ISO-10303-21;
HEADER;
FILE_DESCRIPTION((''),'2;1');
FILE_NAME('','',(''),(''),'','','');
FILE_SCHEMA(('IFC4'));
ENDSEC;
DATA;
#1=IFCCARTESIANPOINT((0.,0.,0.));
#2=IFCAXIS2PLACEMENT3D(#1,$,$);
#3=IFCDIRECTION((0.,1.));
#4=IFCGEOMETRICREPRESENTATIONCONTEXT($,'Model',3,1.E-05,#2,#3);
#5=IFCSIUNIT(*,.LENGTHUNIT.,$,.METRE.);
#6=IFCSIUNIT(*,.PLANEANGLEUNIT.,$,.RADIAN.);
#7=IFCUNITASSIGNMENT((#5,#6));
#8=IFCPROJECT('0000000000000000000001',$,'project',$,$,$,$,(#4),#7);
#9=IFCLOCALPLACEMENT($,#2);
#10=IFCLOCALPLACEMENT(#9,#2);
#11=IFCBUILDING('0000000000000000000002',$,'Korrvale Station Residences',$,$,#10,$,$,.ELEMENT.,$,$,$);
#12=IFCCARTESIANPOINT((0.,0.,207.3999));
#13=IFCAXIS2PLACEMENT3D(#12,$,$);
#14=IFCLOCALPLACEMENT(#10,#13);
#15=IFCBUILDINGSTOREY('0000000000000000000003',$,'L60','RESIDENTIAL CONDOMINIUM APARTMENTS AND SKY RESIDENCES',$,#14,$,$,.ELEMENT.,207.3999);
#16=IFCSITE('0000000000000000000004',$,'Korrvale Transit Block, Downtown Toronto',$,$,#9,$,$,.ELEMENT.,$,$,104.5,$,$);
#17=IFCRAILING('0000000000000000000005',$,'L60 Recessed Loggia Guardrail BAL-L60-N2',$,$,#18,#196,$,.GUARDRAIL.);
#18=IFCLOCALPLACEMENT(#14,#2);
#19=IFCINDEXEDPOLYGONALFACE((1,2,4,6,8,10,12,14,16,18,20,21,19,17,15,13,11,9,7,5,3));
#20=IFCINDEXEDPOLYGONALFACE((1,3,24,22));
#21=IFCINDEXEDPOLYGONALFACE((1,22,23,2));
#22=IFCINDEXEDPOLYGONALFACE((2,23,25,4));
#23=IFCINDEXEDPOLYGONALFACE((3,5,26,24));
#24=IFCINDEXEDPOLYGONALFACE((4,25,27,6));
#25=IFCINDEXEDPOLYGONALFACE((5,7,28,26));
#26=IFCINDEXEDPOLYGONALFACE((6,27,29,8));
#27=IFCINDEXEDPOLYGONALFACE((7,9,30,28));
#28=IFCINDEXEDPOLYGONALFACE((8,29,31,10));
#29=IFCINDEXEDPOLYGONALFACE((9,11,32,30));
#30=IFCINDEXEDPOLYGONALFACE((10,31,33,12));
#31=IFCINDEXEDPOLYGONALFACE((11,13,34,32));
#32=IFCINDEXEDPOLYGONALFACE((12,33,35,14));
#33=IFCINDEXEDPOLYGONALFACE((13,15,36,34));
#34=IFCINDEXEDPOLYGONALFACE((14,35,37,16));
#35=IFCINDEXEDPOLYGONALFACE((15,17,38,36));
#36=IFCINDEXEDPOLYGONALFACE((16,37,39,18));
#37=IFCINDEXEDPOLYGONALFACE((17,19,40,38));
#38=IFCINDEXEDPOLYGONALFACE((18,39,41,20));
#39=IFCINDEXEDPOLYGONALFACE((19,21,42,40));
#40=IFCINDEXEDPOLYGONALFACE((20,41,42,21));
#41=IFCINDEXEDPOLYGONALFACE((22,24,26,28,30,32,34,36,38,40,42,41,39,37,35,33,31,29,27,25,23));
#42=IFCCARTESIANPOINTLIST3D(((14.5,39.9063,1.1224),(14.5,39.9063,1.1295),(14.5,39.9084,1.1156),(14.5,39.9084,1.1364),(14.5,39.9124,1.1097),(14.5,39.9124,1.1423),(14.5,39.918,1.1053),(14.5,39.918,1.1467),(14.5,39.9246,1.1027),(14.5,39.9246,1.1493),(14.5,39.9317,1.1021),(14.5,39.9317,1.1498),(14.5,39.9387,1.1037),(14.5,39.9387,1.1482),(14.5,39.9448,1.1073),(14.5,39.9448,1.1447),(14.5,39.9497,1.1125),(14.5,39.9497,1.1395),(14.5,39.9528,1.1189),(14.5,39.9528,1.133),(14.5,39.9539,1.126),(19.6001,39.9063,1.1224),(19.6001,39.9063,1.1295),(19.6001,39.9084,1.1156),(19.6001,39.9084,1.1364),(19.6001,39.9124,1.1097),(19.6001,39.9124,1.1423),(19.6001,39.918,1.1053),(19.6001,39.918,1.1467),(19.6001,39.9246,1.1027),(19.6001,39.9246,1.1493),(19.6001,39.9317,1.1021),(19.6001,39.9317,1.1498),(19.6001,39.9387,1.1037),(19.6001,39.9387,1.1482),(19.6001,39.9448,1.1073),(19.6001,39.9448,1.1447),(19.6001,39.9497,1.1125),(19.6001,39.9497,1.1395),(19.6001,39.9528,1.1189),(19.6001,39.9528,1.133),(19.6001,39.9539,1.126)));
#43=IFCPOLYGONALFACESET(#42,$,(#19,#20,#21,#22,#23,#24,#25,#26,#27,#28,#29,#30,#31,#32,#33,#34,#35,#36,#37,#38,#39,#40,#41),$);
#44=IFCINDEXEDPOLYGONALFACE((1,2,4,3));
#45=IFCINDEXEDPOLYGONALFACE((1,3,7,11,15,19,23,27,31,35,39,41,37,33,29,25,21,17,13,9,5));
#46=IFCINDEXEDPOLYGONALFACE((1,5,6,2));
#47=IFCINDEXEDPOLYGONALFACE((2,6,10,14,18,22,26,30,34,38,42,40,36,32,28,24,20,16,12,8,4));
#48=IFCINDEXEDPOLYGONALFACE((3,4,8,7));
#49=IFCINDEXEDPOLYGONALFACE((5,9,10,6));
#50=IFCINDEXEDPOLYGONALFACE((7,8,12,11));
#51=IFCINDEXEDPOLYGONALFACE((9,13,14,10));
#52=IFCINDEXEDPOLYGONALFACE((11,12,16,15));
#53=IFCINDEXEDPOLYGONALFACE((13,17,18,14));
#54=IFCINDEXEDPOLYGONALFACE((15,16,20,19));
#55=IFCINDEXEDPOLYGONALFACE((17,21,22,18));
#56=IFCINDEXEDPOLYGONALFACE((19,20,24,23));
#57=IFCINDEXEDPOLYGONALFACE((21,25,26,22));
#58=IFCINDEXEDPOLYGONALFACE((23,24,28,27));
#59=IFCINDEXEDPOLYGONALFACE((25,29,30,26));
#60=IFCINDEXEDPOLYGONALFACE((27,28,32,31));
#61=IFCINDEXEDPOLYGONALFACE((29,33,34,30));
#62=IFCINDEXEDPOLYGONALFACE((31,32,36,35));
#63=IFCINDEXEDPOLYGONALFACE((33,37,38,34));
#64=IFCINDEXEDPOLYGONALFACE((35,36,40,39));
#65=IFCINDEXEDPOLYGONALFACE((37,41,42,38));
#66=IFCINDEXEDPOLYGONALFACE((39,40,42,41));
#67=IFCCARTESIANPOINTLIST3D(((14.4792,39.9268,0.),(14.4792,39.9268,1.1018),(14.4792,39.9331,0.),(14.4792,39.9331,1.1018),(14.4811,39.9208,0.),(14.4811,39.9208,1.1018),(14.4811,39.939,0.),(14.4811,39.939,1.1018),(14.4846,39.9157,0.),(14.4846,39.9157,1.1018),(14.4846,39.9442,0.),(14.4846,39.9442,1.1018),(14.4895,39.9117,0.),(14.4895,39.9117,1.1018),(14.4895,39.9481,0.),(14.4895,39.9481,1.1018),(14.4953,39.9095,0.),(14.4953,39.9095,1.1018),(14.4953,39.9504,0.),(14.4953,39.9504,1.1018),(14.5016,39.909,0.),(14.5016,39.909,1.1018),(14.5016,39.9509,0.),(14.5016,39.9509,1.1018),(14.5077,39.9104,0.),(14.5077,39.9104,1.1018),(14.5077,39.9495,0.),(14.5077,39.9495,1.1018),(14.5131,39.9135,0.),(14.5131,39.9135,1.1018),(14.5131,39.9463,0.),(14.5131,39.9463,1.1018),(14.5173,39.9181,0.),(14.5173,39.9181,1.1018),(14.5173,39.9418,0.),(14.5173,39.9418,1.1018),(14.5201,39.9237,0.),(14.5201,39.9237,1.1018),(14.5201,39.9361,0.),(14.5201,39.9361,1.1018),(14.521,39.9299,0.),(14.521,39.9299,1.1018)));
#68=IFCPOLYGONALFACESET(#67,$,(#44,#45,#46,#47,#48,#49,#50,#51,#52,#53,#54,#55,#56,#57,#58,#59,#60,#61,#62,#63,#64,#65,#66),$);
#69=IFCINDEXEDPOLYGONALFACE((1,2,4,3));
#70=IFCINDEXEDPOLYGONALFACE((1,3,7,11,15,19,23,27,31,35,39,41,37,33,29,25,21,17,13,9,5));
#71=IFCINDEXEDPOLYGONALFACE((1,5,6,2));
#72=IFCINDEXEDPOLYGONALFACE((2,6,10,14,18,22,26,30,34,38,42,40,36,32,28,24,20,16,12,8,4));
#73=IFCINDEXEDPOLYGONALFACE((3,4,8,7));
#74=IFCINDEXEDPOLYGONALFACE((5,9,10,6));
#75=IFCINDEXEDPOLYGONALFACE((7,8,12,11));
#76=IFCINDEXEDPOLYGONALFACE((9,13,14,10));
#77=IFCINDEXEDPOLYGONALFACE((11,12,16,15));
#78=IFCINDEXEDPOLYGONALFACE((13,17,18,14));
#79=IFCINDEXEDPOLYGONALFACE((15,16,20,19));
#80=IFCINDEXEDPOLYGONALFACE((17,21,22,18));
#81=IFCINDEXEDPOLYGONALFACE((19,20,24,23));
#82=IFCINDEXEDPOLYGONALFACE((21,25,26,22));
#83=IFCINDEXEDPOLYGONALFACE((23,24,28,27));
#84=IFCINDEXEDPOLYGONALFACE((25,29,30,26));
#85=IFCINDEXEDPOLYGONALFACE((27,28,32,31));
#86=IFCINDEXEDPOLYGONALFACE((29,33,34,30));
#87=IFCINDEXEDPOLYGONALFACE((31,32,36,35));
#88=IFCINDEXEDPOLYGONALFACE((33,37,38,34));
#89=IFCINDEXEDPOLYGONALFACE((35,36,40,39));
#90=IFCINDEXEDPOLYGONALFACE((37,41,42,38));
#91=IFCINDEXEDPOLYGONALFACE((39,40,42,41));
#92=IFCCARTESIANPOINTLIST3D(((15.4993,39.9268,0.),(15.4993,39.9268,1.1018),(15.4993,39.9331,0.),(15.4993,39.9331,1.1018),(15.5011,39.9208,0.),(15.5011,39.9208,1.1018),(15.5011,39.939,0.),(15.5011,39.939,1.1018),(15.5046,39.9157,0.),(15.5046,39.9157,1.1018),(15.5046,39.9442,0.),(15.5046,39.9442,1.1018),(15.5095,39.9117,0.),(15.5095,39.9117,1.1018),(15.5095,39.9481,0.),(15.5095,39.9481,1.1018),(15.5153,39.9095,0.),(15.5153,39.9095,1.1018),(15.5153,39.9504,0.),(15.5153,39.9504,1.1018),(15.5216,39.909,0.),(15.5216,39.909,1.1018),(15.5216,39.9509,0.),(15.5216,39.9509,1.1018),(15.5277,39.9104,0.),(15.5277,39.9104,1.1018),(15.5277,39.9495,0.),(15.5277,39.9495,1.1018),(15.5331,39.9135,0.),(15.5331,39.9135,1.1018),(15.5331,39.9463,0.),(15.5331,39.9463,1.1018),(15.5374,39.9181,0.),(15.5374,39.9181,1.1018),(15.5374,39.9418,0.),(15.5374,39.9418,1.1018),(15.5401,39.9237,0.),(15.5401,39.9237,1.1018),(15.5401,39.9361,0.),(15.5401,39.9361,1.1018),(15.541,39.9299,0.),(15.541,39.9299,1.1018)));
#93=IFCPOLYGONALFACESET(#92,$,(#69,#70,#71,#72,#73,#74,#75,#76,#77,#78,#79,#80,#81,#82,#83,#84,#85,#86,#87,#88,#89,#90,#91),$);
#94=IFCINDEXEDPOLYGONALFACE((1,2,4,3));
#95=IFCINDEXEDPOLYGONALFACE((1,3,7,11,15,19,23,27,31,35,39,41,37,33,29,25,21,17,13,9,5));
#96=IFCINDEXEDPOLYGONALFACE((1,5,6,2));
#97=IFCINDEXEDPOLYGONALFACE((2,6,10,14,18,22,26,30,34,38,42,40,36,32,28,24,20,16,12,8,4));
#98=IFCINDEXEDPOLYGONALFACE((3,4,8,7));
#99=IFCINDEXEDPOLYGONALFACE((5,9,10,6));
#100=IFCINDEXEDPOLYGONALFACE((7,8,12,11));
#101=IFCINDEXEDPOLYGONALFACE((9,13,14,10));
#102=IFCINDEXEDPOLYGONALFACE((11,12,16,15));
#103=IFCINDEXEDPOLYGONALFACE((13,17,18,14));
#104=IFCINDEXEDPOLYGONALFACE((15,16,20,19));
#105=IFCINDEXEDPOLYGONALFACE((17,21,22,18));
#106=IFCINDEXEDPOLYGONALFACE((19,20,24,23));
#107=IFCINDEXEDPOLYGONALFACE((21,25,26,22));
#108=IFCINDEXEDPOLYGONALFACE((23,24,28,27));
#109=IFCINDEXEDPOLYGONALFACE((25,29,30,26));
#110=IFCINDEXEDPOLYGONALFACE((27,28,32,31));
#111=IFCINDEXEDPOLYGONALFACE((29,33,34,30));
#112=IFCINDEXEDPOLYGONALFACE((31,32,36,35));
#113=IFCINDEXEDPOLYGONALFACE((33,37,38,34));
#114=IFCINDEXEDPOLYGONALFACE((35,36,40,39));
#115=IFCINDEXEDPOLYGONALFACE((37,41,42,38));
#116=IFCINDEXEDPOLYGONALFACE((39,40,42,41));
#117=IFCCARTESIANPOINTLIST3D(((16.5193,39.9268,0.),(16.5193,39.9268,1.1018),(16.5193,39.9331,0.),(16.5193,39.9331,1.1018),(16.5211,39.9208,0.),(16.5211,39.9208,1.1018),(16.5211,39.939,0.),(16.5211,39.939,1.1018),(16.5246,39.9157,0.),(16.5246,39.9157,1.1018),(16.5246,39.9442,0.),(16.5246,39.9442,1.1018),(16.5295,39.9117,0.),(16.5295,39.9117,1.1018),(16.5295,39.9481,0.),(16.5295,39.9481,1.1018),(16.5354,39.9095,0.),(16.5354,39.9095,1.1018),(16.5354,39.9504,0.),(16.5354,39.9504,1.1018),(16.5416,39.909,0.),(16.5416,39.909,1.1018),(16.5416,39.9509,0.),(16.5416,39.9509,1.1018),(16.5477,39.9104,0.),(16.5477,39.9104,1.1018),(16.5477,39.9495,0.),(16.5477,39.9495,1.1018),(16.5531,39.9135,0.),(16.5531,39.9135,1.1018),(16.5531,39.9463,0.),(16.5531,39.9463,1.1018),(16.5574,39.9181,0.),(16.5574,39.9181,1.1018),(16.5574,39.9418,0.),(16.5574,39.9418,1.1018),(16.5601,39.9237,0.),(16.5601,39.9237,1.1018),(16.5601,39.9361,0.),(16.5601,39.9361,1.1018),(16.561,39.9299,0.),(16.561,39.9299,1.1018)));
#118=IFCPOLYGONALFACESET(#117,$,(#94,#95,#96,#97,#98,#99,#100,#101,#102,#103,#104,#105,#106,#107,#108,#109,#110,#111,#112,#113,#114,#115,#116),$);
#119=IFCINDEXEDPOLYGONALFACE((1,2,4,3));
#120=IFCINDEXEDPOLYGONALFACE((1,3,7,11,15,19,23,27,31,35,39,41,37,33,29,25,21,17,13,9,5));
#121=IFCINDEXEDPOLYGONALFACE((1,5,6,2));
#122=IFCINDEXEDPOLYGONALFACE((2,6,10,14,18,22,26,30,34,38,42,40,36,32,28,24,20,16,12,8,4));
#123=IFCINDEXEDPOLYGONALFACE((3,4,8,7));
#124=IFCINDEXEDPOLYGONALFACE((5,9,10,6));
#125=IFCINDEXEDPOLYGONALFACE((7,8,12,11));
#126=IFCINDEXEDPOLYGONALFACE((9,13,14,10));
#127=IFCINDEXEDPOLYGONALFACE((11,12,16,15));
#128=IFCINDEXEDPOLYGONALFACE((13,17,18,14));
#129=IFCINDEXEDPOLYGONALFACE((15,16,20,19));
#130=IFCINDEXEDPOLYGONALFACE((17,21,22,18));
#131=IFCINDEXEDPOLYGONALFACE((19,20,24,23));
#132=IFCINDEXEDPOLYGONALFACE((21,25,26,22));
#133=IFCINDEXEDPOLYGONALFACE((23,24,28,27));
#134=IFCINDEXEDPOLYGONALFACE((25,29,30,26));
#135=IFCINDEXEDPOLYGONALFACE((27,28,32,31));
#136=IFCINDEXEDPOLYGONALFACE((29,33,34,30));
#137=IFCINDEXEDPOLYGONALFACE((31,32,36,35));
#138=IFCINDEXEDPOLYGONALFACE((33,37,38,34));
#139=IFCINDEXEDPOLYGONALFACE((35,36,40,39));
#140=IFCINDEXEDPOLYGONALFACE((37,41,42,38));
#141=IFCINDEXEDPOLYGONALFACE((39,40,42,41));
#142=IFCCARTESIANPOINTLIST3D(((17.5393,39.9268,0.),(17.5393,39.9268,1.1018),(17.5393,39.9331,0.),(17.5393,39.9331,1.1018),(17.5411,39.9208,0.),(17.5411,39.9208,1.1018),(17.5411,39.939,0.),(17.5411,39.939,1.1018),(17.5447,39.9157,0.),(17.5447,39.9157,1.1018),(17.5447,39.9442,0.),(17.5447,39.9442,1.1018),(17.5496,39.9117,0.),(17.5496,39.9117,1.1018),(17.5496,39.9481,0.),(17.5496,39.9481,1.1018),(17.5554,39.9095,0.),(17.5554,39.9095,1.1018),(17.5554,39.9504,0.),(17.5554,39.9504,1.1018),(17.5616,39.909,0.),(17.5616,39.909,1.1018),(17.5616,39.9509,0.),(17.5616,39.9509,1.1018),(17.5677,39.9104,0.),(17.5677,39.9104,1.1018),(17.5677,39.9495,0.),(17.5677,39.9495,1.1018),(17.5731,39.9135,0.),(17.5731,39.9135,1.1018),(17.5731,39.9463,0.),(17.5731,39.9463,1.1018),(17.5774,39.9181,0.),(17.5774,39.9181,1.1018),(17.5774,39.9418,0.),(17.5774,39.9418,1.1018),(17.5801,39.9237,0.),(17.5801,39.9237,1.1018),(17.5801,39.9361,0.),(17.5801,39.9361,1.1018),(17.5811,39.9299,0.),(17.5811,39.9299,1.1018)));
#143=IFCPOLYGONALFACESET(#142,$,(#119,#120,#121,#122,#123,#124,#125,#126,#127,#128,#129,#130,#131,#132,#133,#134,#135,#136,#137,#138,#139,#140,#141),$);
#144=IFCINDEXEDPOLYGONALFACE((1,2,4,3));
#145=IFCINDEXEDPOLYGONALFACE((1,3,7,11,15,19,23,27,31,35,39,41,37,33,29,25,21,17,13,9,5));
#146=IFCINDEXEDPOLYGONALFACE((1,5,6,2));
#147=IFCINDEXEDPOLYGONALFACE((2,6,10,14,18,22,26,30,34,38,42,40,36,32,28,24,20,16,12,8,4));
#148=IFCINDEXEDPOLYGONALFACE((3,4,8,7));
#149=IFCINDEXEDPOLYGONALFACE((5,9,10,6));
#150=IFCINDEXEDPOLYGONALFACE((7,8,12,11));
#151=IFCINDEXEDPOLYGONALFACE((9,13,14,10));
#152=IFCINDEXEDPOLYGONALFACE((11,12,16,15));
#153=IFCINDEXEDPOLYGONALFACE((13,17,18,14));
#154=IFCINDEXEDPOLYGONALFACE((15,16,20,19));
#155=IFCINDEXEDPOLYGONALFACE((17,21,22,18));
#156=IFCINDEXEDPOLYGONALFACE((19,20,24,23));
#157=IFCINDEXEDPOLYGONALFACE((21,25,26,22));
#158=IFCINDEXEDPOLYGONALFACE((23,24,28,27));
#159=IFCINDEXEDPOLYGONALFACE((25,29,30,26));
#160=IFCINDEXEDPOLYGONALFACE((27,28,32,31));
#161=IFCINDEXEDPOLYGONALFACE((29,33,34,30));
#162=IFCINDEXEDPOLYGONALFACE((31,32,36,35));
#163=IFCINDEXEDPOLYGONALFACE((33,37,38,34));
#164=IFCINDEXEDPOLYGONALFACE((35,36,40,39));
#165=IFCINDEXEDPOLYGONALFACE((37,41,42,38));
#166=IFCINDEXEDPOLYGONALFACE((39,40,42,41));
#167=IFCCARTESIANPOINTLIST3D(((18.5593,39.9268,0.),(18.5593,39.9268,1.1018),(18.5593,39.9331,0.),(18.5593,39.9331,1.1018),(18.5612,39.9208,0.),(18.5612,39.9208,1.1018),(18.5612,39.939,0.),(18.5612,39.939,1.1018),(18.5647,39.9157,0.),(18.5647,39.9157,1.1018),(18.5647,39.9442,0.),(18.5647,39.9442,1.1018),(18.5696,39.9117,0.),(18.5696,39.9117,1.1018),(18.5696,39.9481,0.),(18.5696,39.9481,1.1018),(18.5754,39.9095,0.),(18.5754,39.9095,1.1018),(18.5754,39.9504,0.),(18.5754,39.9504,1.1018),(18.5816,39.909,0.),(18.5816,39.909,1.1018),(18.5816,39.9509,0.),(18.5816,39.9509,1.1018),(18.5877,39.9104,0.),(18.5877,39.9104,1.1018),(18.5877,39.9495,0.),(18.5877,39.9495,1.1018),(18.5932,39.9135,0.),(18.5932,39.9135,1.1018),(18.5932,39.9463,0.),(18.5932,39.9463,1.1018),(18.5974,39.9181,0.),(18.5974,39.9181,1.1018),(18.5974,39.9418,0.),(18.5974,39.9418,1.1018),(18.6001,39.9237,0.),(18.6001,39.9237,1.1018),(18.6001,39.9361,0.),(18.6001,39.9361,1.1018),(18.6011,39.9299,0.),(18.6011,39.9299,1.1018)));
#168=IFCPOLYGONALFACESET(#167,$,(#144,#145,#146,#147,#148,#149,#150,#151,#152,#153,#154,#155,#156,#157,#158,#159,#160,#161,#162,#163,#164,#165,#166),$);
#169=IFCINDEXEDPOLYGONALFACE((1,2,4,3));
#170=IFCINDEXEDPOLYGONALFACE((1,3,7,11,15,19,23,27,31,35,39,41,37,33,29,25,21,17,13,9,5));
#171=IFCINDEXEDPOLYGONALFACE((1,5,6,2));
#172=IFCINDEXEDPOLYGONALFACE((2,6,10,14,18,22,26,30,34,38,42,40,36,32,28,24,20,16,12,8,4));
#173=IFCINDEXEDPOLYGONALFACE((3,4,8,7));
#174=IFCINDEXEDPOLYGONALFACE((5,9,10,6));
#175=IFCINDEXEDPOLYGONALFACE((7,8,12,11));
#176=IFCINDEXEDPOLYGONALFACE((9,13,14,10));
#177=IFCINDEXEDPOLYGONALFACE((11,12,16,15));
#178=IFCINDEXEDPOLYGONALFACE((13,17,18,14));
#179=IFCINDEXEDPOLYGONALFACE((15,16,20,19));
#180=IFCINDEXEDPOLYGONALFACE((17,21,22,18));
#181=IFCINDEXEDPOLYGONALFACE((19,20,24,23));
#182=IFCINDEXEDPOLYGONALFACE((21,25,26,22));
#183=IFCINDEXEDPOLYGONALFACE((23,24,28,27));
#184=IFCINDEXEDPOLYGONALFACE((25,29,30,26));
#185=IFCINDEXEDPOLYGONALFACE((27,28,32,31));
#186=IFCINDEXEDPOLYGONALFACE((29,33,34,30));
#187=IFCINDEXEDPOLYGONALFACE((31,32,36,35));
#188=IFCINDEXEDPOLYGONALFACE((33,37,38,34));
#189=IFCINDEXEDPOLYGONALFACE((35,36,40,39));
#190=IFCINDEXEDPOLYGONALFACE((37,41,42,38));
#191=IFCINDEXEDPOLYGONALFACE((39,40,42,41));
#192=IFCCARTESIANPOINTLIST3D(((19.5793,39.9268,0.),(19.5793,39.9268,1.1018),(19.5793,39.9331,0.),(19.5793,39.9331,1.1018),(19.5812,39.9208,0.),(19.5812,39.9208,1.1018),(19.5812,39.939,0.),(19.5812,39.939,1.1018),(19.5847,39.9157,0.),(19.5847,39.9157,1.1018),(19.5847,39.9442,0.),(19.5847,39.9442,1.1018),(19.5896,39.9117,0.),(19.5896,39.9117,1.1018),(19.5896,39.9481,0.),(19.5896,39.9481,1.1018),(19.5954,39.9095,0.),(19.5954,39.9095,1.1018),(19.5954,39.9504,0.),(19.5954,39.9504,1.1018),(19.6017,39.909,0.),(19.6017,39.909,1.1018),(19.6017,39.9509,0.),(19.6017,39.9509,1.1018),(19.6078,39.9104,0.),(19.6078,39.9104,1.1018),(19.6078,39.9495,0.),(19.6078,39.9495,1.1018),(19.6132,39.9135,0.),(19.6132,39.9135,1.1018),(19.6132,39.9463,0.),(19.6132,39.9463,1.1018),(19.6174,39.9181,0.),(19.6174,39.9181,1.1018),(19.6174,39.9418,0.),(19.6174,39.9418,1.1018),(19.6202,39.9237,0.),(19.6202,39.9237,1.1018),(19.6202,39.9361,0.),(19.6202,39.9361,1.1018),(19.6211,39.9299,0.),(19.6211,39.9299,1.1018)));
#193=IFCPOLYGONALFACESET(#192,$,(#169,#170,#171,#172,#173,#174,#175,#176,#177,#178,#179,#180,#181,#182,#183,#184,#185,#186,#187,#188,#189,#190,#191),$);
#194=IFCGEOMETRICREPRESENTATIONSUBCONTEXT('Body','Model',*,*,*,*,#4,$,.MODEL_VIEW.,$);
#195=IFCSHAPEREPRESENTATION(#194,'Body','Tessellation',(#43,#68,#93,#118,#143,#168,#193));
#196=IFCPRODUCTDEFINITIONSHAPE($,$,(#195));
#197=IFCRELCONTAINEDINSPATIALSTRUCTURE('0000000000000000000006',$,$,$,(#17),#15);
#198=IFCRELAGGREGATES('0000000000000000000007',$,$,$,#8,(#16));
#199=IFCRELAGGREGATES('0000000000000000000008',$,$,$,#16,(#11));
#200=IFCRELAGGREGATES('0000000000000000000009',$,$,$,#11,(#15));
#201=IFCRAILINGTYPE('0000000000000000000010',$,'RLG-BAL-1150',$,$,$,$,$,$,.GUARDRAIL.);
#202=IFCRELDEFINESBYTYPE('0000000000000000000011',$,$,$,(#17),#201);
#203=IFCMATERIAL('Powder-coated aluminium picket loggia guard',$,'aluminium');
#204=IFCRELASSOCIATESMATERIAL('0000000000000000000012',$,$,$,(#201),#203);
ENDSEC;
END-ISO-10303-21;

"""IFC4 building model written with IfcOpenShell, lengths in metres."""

from ifc_helpers import new_model, si_unit, direction, frame, origin, origin_2d, place, context, subcontext, project, spatial, circle, extrude, material, type_object, element, save


model = new_model("IFC4")

# Units and contexts
model_context = context("Model", 3, precision=1e-05, world=origin(), true_north=direction((0.0, 1.0)))
body_context = subcontext(model_context, "Body", "Model", "MODEL_VIEW")
ifc_project = project(units=[si_unit("LENGTHUNIT", "METRE"), si_unit("PLANEANGLEUNIT", "RADIAN")], contexts=[model_context])

# Site, building, storey
site_placement = place(None, origin())
site = spatial("IfcSite", under=ifc_project, at=site_placement, Name="Korrvale Transit Block, Downtown Toronto", CompositionType="ELEMENT", RefElevation=104.5)
building_placement = place(site_placement, origin())
building = spatial("IfcBuilding", under=site, at=building_placement, Name="Korrvale Station Residences", CompositionType="ELEMENT")
storey_placement = place(building_placement, frame((0.0, 0.0, 207.3999)))
storey = spatial("IfcBuildingStorey", under=building, at=storey_placement, Name="L60", Description="RESIDENTIAL CONDOMINIUM APARTMENTS AND SKY RESIDENCES", CompositionType="ELEMENT", Elevation=207.3999)

# Railing
ifc_material_1 = material(Name="Powder-coated aluminium picket loggia guard", Category="aluminium")
railing_type = type_object("IfcRailingType", Name="RLG-BAL-1150", PredefinedType="GUARDRAIL", material=ifc_material_1)
railing_placement = place(storey_placement, frame((14.5, 39.9299, 0.0)))
element("IfcRailing", 1, at=railing_placement, inside=storey, type_object=railing_type, Name="L60 Recessed Loggia Guardrail BAL-L60-N2", PredefinedType="GUARDRAIL", context=body_context, shape_type="SweptSolid", body=[
    extrude(circle(Radius=0.0239, at=origin_2d()), frame((0.0, 0.0, 1.126), z_axis=(1.0, 0.0, 0.0), x_axis=(0.0, 1.0, 0.0)), (0.0, 0.0, 1.0), 5.1001),
    extrude(circle(Radius=0.021, at=origin_2d()), origin(), (0.0, 0.0, 1.0), 1.1018),
    extrude(circle(Radius=0.021, at=origin_2d()), frame((1.02, 0.0, 0.0)), (0.0, 0.0, 1.0), 1.1018),
    extrude(circle(Radius=0.021, at=origin_2d()), frame((2.04, 0.0, 0.0)), (0.0, 0.0, 1.0), 1.1018),
    extrude(circle(Radius=0.021, at=origin_2d()), frame((3.0601, 0.0, 0.0)), (0.0, 0.0, 1.0), 1.1018),
    extrude(circle(Radius=0.021, at=origin_2d()), frame((4.0801, 0.0, 0.0)), (0.0, 0.0, 1.0), 1.1018),
    extrude(circle(Radius=0.021, at=origin_2d()), frame((5.1001, 0.0, 0.0)), (0.0, 0.0, 1.0), 1.1018),
])

save(model, "model.ifc")
